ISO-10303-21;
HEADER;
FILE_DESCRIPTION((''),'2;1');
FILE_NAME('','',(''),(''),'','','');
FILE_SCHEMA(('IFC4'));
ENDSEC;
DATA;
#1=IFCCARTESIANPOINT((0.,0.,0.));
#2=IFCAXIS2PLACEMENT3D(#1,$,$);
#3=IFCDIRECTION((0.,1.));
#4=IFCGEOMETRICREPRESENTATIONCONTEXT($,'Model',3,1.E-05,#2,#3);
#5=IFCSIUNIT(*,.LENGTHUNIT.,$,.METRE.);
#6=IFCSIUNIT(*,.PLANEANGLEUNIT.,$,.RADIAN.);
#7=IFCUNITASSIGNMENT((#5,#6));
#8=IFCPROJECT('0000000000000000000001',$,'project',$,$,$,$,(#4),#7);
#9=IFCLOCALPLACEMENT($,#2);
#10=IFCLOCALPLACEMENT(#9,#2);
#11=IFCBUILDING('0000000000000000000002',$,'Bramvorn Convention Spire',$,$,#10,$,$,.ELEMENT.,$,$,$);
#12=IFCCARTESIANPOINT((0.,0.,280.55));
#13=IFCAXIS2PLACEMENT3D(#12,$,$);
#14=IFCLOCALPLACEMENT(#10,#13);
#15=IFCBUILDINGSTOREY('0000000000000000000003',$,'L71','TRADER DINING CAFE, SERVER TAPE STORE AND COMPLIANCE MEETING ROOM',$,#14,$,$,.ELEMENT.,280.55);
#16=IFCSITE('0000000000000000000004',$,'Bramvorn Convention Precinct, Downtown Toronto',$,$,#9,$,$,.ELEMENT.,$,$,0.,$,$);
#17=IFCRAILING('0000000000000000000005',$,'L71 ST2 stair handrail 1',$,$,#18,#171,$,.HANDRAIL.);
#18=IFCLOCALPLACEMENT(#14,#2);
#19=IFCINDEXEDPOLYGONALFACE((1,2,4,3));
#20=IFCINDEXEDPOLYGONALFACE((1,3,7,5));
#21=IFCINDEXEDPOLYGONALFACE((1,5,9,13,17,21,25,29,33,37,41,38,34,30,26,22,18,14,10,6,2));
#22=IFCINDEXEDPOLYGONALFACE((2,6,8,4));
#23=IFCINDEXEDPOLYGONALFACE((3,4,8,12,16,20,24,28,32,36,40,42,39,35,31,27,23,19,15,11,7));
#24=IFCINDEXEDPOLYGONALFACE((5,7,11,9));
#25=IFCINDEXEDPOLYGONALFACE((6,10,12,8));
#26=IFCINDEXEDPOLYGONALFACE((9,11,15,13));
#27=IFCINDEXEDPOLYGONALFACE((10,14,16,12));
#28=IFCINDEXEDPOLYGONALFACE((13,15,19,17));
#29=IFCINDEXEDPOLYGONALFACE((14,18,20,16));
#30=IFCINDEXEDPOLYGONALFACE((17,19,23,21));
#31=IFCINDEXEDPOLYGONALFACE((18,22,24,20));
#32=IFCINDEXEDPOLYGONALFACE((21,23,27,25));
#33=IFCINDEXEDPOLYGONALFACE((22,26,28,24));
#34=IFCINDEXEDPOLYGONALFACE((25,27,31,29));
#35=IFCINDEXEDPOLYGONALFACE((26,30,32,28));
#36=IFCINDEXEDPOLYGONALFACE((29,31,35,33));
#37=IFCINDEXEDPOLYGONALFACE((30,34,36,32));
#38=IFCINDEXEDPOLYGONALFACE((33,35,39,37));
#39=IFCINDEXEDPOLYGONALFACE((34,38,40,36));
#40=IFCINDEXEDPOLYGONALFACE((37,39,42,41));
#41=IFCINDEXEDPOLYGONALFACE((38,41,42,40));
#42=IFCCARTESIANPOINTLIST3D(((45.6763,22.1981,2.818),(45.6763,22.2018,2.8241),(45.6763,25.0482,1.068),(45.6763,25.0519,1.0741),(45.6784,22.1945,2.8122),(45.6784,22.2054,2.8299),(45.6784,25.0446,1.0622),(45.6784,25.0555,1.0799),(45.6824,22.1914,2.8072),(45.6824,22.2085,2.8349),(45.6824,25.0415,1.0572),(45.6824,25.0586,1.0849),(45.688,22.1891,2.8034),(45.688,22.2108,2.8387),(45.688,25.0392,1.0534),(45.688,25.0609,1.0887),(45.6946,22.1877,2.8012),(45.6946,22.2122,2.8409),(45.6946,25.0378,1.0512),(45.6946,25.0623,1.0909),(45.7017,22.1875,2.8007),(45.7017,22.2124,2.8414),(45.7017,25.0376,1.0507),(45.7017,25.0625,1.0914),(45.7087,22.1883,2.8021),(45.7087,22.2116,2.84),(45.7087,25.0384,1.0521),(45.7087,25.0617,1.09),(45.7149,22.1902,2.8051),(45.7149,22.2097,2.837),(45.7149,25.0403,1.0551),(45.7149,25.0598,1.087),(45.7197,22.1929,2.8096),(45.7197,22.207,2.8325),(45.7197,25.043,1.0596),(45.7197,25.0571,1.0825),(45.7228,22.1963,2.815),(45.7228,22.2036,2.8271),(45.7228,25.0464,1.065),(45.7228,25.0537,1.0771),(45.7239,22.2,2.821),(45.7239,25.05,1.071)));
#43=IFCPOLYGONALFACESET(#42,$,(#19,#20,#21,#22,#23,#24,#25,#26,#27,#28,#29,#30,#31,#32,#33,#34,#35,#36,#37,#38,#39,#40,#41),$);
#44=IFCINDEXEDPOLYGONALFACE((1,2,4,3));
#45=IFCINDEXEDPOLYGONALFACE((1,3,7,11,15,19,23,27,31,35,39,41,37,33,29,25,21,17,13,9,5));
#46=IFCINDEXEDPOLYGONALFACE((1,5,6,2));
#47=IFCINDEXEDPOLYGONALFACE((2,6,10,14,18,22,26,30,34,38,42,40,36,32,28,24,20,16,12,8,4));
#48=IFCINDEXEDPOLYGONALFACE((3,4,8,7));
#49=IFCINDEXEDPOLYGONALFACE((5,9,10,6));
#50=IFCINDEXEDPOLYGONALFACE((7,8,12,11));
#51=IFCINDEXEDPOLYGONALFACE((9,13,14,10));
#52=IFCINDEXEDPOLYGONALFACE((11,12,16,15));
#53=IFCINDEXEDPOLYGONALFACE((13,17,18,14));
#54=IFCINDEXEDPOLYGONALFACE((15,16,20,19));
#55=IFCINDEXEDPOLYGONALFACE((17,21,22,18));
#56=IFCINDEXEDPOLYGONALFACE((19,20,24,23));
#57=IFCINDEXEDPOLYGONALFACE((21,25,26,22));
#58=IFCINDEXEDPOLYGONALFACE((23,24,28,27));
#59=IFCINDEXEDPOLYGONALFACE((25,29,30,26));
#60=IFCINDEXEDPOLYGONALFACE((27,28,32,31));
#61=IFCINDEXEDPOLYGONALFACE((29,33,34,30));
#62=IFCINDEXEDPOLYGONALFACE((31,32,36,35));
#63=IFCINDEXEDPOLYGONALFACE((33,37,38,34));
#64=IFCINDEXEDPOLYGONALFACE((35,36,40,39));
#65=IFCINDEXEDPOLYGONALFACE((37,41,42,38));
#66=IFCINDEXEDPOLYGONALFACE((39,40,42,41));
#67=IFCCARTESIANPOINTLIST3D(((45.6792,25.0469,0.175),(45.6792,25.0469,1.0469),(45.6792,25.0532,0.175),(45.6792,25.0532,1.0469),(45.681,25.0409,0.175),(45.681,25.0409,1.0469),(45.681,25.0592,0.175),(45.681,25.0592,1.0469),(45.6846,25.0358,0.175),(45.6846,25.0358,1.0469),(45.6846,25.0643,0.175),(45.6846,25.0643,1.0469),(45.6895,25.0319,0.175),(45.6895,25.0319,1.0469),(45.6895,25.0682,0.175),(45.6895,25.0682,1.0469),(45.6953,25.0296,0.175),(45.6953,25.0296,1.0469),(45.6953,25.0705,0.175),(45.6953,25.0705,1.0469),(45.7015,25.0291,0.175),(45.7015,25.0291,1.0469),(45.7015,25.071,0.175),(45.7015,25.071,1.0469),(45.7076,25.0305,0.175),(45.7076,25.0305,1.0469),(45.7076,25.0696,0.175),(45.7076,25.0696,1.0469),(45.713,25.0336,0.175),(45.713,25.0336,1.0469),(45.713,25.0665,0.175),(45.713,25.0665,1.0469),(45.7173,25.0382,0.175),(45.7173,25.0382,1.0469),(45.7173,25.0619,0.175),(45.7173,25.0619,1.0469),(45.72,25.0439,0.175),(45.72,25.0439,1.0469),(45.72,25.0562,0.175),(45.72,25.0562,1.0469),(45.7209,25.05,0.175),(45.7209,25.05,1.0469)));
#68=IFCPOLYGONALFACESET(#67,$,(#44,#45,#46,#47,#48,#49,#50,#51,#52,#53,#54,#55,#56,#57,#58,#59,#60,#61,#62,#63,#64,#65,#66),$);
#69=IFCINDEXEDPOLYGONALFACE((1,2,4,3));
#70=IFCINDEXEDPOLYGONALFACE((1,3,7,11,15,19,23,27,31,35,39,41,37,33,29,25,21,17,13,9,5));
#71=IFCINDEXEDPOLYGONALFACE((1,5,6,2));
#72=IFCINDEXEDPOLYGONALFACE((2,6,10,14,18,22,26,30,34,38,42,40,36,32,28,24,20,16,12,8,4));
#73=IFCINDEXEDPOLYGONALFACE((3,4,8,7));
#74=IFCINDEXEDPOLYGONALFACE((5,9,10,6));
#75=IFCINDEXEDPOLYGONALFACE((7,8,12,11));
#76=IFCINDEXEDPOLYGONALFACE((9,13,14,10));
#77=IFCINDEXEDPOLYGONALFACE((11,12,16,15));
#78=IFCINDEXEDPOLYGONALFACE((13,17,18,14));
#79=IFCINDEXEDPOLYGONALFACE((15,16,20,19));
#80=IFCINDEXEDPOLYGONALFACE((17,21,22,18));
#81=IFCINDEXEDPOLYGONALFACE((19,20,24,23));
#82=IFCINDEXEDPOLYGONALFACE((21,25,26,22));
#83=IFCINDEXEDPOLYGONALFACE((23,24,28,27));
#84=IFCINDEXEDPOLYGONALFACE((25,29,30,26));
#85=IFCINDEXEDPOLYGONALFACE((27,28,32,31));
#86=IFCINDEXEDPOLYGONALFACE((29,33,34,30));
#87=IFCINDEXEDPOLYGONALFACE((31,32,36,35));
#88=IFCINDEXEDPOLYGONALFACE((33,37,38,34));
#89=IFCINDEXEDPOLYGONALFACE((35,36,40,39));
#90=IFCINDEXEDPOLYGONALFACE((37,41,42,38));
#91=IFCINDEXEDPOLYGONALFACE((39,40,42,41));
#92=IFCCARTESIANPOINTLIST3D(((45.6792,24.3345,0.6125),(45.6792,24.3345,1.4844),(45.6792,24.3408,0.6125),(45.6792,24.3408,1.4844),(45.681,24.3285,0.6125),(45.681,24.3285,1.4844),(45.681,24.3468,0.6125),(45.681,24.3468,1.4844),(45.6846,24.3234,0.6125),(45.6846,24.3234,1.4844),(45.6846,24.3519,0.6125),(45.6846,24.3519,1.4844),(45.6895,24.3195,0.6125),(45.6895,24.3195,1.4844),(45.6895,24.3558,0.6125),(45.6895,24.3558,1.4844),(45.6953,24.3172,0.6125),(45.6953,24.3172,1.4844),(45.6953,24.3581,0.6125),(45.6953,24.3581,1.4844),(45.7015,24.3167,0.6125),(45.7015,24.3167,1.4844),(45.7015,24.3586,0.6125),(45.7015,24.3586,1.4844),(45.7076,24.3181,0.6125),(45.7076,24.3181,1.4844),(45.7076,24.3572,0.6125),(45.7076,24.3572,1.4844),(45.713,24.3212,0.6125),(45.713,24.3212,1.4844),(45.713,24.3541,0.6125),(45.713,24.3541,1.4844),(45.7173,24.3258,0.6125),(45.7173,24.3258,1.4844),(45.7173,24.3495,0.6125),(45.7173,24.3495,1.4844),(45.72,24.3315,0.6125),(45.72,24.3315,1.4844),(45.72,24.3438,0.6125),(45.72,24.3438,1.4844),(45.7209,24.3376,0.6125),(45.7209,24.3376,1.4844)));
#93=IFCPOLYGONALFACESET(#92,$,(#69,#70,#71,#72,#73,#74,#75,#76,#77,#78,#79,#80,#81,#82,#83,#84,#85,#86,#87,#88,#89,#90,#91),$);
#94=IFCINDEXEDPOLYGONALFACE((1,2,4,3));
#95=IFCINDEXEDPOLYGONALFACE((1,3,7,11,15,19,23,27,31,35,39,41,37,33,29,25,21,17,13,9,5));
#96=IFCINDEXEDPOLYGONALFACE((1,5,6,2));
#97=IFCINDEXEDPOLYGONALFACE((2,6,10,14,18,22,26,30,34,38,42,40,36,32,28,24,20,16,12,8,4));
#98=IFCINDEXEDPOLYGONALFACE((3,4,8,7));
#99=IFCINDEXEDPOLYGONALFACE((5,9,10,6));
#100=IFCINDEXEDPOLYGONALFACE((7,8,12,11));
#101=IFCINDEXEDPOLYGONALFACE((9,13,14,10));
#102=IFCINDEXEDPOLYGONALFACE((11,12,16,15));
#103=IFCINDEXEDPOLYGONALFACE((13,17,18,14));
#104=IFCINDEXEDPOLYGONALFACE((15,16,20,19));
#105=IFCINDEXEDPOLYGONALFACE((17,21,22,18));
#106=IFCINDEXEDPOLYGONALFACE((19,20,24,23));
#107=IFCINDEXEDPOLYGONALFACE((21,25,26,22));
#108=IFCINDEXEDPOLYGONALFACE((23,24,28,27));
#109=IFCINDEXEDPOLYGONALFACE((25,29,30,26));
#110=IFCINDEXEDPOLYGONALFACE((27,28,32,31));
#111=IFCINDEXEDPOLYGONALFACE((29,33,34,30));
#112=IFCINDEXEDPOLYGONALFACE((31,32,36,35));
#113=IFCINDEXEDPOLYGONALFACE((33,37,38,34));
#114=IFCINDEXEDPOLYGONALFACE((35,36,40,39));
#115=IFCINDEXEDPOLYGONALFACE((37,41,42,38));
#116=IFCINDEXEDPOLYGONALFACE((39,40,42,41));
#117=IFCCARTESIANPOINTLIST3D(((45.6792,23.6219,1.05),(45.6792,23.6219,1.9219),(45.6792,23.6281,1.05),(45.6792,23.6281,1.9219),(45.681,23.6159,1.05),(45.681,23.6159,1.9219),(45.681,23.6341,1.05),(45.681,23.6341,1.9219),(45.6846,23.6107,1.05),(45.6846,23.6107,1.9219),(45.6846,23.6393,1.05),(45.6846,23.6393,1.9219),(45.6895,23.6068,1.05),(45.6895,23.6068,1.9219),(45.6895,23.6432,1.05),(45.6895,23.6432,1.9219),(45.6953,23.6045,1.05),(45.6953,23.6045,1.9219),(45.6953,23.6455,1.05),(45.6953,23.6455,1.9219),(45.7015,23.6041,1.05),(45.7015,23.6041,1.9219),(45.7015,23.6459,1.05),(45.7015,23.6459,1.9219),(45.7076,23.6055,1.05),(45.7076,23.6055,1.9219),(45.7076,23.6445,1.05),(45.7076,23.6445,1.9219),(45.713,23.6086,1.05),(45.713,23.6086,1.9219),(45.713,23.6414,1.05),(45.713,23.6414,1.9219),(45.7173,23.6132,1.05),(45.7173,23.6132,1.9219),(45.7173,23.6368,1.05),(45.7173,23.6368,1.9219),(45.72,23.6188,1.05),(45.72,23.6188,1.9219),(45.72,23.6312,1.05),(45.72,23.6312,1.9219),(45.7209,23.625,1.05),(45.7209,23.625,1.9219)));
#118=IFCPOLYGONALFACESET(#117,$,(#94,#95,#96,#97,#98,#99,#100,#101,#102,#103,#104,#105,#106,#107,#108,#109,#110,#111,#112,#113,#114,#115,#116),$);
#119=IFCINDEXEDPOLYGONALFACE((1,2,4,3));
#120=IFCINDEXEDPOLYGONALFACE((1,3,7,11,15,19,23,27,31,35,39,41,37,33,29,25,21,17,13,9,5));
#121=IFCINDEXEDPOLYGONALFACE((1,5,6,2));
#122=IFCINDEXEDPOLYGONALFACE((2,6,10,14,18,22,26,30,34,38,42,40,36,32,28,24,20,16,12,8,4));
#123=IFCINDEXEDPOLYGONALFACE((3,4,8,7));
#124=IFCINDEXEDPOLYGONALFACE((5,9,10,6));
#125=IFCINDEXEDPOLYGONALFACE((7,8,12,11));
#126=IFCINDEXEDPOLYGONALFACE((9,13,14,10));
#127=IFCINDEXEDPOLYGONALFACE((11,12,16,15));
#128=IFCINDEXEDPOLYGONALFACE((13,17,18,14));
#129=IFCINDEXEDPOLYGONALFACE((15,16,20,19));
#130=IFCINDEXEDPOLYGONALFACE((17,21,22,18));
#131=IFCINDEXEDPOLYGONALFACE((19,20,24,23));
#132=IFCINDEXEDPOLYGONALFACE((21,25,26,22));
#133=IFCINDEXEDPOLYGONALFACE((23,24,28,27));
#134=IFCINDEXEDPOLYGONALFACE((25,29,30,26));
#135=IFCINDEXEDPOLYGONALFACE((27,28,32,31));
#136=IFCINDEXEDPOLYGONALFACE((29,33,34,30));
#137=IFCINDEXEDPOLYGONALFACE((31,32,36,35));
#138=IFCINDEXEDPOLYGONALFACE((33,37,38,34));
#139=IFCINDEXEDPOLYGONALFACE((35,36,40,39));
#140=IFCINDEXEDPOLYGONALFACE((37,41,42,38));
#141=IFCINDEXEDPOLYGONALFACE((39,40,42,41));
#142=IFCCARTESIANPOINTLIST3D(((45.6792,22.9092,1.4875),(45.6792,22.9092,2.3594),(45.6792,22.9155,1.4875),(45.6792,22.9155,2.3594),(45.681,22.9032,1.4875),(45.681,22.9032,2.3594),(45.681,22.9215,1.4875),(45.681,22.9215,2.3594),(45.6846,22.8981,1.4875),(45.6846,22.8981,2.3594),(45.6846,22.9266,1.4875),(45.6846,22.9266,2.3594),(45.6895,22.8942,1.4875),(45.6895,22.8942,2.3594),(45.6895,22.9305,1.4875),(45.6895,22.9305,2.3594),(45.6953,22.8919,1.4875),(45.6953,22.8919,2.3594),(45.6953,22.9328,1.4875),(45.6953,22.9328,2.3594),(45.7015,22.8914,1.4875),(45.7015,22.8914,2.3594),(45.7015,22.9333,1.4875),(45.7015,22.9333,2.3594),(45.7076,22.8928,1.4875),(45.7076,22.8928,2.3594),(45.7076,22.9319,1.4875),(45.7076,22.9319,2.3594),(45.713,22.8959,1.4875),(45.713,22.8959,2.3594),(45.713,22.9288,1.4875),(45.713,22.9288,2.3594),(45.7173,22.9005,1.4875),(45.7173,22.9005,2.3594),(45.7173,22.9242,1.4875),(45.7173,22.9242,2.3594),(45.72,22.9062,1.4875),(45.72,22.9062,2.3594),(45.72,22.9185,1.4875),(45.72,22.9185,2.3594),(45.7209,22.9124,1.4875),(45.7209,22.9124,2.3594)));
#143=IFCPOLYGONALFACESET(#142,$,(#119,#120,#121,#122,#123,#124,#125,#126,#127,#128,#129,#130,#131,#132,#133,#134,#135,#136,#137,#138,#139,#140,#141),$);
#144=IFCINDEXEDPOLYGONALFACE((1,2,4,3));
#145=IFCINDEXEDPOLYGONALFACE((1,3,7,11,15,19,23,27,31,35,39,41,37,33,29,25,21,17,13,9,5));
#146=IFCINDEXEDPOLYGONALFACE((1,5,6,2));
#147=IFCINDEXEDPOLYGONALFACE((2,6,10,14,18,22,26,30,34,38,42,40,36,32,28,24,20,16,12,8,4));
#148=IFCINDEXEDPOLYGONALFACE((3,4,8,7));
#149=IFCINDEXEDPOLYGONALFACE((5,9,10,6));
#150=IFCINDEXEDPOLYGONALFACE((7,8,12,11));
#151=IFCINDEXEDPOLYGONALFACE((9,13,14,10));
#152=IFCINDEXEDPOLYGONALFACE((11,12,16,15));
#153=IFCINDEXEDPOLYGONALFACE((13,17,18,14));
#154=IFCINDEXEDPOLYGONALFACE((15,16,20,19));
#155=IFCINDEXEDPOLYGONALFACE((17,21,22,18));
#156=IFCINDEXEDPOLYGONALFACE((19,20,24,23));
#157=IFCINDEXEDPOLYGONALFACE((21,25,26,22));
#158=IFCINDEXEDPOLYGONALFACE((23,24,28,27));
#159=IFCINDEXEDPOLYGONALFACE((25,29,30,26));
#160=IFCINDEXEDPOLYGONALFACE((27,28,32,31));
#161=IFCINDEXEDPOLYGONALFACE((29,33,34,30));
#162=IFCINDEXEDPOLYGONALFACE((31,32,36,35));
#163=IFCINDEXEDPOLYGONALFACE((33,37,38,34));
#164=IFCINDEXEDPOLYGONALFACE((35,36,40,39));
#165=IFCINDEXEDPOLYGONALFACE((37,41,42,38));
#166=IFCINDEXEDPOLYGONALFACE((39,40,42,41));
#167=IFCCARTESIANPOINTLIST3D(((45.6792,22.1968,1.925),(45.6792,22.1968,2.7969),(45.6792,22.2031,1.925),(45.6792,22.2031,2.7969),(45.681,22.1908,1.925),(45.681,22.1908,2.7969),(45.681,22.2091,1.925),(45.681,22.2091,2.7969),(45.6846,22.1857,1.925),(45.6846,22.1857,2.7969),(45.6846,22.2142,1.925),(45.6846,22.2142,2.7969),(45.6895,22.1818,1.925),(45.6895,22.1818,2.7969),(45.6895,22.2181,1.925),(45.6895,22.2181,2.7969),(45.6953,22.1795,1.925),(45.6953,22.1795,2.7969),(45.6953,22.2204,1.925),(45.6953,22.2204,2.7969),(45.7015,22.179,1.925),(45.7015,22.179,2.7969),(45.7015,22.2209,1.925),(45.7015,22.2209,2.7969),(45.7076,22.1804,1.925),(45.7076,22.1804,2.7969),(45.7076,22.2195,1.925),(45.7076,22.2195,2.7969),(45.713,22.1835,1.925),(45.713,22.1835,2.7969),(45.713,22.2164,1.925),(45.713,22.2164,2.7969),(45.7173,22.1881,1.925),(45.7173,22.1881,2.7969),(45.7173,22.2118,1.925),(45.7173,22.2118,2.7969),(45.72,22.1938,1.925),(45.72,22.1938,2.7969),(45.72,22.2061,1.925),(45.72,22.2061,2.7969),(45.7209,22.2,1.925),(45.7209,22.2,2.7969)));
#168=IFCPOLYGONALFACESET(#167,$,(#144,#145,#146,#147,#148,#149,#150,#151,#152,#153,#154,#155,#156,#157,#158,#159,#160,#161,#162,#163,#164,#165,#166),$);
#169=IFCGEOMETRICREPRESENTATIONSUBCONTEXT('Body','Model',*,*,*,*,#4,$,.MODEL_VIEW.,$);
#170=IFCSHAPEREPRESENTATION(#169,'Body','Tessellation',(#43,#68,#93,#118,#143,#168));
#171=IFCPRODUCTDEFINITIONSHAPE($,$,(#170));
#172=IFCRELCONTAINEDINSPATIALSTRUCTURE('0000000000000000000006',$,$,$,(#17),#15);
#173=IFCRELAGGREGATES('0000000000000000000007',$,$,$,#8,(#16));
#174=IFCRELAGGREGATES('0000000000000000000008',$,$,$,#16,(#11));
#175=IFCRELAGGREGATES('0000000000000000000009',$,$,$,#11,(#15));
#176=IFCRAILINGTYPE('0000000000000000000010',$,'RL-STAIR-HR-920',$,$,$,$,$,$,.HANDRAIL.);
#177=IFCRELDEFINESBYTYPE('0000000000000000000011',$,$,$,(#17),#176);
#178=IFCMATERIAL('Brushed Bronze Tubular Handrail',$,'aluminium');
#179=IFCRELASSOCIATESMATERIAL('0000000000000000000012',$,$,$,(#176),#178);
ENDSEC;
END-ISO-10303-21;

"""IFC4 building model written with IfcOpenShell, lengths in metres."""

from ifc_helpers import new_model, si_unit, direction, frame, origin, origin_2d, place, context, subcontext, project, spatial, circle, extrude, material, type_object, element, save


model = new_model("IFC4")

# Units and contexts
model_context = context("Model", 3, precision=1e-05, world=origin(), true_north=direction((0.0, 1.0)))
body_context = subcontext(model_context, "Body", "Model", "MODEL_VIEW")
ifc_project = project(units=[si_unit("LENGTHUNIT", "METRE"), si_unit("PLANEANGLEUNIT", "RADIAN")], contexts=[model_context])

# Site, building, storey
site_placement = place(None, origin())
site = spatial("IfcSite", under=ifc_project, at=site_placement, Name="Bramvorn Convention Precinct, Downtown Toronto", CompositionType="ELEMENT", RefElevation=0.0)
building_placement = place(site_placement, origin())
building = spatial("IfcBuilding", under=site, at=building_placement, Name="Bramvorn Convention Spire", CompositionType="ELEMENT")
storey_placement = place(building_placement, frame((0.0, 0.0, 280.55)))
storey = spatial("IfcBuildingStorey", under=building, at=storey_placement, Name="L71", Description="TRADER DINING CAFE, SERVER TAPE STORE AND COMPLIANCE MEETING ROOM", CompositionType="ELEMENT", Elevation=280.55)

# Railing
ifc_material_1 = material(Name="Brushed Bronze Tubular Handrail", Category="aluminium")
railing_type_1 = type_object("IfcRailingType", Name="RL-STAIR-HR-920", PredefinedType="HANDRAIL", material=ifc_material_1)
railing_1_placement = place(storey_placement, frame((45.7, 25.05, 0.175)))
element("IfcRailing", 1, at=railing_1_placement, inside=storey, type_object=railing_type_1, Name="L71 ST2 stair handrail 1", PredefinedType="HANDRAIL", context=body_context, shape_type="SweptSolid", body=[
    extrude(circle(Radius=0.0239, at=origin_2d()), frame((0.0, 0.0, 0.896), z_axis=(0.0, -0.852179, 0.52325), x_axis=(1.0, 0.0, 0.0)), (0.0, 0.0, 1.0), 3.3445),
    extrude(circle(Radius=0.021, at=origin_2d()), origin(), (0.0, 0.0, 1.0), 0.8718),
    extrude(circle(Radius=0.021, at=origin_2d()), frame((0.0, -0.7124, 0.4375)), (0.0, 0.0, 1.0), 0.8718),
    extrude(circle(Radius=0.021, at=origin_2d()), frame((0.0, -1.425, 0.875)), (0.0, 0.0, 1.0), 0.8718),
    extrude(circle(Radius=0.021, at=origin_2d()), frame((0.0, -2.1377, 1.3125)), (0.0, 0.0, 1.0), 0.8718),
    extrude(circle(Radius=0.021, at=origin_2d()), frame((0.0, -2.8501, 1.75)), (0.0, 0.0, 1.0), 0.8718),
])

save(model, "model.ifc")
